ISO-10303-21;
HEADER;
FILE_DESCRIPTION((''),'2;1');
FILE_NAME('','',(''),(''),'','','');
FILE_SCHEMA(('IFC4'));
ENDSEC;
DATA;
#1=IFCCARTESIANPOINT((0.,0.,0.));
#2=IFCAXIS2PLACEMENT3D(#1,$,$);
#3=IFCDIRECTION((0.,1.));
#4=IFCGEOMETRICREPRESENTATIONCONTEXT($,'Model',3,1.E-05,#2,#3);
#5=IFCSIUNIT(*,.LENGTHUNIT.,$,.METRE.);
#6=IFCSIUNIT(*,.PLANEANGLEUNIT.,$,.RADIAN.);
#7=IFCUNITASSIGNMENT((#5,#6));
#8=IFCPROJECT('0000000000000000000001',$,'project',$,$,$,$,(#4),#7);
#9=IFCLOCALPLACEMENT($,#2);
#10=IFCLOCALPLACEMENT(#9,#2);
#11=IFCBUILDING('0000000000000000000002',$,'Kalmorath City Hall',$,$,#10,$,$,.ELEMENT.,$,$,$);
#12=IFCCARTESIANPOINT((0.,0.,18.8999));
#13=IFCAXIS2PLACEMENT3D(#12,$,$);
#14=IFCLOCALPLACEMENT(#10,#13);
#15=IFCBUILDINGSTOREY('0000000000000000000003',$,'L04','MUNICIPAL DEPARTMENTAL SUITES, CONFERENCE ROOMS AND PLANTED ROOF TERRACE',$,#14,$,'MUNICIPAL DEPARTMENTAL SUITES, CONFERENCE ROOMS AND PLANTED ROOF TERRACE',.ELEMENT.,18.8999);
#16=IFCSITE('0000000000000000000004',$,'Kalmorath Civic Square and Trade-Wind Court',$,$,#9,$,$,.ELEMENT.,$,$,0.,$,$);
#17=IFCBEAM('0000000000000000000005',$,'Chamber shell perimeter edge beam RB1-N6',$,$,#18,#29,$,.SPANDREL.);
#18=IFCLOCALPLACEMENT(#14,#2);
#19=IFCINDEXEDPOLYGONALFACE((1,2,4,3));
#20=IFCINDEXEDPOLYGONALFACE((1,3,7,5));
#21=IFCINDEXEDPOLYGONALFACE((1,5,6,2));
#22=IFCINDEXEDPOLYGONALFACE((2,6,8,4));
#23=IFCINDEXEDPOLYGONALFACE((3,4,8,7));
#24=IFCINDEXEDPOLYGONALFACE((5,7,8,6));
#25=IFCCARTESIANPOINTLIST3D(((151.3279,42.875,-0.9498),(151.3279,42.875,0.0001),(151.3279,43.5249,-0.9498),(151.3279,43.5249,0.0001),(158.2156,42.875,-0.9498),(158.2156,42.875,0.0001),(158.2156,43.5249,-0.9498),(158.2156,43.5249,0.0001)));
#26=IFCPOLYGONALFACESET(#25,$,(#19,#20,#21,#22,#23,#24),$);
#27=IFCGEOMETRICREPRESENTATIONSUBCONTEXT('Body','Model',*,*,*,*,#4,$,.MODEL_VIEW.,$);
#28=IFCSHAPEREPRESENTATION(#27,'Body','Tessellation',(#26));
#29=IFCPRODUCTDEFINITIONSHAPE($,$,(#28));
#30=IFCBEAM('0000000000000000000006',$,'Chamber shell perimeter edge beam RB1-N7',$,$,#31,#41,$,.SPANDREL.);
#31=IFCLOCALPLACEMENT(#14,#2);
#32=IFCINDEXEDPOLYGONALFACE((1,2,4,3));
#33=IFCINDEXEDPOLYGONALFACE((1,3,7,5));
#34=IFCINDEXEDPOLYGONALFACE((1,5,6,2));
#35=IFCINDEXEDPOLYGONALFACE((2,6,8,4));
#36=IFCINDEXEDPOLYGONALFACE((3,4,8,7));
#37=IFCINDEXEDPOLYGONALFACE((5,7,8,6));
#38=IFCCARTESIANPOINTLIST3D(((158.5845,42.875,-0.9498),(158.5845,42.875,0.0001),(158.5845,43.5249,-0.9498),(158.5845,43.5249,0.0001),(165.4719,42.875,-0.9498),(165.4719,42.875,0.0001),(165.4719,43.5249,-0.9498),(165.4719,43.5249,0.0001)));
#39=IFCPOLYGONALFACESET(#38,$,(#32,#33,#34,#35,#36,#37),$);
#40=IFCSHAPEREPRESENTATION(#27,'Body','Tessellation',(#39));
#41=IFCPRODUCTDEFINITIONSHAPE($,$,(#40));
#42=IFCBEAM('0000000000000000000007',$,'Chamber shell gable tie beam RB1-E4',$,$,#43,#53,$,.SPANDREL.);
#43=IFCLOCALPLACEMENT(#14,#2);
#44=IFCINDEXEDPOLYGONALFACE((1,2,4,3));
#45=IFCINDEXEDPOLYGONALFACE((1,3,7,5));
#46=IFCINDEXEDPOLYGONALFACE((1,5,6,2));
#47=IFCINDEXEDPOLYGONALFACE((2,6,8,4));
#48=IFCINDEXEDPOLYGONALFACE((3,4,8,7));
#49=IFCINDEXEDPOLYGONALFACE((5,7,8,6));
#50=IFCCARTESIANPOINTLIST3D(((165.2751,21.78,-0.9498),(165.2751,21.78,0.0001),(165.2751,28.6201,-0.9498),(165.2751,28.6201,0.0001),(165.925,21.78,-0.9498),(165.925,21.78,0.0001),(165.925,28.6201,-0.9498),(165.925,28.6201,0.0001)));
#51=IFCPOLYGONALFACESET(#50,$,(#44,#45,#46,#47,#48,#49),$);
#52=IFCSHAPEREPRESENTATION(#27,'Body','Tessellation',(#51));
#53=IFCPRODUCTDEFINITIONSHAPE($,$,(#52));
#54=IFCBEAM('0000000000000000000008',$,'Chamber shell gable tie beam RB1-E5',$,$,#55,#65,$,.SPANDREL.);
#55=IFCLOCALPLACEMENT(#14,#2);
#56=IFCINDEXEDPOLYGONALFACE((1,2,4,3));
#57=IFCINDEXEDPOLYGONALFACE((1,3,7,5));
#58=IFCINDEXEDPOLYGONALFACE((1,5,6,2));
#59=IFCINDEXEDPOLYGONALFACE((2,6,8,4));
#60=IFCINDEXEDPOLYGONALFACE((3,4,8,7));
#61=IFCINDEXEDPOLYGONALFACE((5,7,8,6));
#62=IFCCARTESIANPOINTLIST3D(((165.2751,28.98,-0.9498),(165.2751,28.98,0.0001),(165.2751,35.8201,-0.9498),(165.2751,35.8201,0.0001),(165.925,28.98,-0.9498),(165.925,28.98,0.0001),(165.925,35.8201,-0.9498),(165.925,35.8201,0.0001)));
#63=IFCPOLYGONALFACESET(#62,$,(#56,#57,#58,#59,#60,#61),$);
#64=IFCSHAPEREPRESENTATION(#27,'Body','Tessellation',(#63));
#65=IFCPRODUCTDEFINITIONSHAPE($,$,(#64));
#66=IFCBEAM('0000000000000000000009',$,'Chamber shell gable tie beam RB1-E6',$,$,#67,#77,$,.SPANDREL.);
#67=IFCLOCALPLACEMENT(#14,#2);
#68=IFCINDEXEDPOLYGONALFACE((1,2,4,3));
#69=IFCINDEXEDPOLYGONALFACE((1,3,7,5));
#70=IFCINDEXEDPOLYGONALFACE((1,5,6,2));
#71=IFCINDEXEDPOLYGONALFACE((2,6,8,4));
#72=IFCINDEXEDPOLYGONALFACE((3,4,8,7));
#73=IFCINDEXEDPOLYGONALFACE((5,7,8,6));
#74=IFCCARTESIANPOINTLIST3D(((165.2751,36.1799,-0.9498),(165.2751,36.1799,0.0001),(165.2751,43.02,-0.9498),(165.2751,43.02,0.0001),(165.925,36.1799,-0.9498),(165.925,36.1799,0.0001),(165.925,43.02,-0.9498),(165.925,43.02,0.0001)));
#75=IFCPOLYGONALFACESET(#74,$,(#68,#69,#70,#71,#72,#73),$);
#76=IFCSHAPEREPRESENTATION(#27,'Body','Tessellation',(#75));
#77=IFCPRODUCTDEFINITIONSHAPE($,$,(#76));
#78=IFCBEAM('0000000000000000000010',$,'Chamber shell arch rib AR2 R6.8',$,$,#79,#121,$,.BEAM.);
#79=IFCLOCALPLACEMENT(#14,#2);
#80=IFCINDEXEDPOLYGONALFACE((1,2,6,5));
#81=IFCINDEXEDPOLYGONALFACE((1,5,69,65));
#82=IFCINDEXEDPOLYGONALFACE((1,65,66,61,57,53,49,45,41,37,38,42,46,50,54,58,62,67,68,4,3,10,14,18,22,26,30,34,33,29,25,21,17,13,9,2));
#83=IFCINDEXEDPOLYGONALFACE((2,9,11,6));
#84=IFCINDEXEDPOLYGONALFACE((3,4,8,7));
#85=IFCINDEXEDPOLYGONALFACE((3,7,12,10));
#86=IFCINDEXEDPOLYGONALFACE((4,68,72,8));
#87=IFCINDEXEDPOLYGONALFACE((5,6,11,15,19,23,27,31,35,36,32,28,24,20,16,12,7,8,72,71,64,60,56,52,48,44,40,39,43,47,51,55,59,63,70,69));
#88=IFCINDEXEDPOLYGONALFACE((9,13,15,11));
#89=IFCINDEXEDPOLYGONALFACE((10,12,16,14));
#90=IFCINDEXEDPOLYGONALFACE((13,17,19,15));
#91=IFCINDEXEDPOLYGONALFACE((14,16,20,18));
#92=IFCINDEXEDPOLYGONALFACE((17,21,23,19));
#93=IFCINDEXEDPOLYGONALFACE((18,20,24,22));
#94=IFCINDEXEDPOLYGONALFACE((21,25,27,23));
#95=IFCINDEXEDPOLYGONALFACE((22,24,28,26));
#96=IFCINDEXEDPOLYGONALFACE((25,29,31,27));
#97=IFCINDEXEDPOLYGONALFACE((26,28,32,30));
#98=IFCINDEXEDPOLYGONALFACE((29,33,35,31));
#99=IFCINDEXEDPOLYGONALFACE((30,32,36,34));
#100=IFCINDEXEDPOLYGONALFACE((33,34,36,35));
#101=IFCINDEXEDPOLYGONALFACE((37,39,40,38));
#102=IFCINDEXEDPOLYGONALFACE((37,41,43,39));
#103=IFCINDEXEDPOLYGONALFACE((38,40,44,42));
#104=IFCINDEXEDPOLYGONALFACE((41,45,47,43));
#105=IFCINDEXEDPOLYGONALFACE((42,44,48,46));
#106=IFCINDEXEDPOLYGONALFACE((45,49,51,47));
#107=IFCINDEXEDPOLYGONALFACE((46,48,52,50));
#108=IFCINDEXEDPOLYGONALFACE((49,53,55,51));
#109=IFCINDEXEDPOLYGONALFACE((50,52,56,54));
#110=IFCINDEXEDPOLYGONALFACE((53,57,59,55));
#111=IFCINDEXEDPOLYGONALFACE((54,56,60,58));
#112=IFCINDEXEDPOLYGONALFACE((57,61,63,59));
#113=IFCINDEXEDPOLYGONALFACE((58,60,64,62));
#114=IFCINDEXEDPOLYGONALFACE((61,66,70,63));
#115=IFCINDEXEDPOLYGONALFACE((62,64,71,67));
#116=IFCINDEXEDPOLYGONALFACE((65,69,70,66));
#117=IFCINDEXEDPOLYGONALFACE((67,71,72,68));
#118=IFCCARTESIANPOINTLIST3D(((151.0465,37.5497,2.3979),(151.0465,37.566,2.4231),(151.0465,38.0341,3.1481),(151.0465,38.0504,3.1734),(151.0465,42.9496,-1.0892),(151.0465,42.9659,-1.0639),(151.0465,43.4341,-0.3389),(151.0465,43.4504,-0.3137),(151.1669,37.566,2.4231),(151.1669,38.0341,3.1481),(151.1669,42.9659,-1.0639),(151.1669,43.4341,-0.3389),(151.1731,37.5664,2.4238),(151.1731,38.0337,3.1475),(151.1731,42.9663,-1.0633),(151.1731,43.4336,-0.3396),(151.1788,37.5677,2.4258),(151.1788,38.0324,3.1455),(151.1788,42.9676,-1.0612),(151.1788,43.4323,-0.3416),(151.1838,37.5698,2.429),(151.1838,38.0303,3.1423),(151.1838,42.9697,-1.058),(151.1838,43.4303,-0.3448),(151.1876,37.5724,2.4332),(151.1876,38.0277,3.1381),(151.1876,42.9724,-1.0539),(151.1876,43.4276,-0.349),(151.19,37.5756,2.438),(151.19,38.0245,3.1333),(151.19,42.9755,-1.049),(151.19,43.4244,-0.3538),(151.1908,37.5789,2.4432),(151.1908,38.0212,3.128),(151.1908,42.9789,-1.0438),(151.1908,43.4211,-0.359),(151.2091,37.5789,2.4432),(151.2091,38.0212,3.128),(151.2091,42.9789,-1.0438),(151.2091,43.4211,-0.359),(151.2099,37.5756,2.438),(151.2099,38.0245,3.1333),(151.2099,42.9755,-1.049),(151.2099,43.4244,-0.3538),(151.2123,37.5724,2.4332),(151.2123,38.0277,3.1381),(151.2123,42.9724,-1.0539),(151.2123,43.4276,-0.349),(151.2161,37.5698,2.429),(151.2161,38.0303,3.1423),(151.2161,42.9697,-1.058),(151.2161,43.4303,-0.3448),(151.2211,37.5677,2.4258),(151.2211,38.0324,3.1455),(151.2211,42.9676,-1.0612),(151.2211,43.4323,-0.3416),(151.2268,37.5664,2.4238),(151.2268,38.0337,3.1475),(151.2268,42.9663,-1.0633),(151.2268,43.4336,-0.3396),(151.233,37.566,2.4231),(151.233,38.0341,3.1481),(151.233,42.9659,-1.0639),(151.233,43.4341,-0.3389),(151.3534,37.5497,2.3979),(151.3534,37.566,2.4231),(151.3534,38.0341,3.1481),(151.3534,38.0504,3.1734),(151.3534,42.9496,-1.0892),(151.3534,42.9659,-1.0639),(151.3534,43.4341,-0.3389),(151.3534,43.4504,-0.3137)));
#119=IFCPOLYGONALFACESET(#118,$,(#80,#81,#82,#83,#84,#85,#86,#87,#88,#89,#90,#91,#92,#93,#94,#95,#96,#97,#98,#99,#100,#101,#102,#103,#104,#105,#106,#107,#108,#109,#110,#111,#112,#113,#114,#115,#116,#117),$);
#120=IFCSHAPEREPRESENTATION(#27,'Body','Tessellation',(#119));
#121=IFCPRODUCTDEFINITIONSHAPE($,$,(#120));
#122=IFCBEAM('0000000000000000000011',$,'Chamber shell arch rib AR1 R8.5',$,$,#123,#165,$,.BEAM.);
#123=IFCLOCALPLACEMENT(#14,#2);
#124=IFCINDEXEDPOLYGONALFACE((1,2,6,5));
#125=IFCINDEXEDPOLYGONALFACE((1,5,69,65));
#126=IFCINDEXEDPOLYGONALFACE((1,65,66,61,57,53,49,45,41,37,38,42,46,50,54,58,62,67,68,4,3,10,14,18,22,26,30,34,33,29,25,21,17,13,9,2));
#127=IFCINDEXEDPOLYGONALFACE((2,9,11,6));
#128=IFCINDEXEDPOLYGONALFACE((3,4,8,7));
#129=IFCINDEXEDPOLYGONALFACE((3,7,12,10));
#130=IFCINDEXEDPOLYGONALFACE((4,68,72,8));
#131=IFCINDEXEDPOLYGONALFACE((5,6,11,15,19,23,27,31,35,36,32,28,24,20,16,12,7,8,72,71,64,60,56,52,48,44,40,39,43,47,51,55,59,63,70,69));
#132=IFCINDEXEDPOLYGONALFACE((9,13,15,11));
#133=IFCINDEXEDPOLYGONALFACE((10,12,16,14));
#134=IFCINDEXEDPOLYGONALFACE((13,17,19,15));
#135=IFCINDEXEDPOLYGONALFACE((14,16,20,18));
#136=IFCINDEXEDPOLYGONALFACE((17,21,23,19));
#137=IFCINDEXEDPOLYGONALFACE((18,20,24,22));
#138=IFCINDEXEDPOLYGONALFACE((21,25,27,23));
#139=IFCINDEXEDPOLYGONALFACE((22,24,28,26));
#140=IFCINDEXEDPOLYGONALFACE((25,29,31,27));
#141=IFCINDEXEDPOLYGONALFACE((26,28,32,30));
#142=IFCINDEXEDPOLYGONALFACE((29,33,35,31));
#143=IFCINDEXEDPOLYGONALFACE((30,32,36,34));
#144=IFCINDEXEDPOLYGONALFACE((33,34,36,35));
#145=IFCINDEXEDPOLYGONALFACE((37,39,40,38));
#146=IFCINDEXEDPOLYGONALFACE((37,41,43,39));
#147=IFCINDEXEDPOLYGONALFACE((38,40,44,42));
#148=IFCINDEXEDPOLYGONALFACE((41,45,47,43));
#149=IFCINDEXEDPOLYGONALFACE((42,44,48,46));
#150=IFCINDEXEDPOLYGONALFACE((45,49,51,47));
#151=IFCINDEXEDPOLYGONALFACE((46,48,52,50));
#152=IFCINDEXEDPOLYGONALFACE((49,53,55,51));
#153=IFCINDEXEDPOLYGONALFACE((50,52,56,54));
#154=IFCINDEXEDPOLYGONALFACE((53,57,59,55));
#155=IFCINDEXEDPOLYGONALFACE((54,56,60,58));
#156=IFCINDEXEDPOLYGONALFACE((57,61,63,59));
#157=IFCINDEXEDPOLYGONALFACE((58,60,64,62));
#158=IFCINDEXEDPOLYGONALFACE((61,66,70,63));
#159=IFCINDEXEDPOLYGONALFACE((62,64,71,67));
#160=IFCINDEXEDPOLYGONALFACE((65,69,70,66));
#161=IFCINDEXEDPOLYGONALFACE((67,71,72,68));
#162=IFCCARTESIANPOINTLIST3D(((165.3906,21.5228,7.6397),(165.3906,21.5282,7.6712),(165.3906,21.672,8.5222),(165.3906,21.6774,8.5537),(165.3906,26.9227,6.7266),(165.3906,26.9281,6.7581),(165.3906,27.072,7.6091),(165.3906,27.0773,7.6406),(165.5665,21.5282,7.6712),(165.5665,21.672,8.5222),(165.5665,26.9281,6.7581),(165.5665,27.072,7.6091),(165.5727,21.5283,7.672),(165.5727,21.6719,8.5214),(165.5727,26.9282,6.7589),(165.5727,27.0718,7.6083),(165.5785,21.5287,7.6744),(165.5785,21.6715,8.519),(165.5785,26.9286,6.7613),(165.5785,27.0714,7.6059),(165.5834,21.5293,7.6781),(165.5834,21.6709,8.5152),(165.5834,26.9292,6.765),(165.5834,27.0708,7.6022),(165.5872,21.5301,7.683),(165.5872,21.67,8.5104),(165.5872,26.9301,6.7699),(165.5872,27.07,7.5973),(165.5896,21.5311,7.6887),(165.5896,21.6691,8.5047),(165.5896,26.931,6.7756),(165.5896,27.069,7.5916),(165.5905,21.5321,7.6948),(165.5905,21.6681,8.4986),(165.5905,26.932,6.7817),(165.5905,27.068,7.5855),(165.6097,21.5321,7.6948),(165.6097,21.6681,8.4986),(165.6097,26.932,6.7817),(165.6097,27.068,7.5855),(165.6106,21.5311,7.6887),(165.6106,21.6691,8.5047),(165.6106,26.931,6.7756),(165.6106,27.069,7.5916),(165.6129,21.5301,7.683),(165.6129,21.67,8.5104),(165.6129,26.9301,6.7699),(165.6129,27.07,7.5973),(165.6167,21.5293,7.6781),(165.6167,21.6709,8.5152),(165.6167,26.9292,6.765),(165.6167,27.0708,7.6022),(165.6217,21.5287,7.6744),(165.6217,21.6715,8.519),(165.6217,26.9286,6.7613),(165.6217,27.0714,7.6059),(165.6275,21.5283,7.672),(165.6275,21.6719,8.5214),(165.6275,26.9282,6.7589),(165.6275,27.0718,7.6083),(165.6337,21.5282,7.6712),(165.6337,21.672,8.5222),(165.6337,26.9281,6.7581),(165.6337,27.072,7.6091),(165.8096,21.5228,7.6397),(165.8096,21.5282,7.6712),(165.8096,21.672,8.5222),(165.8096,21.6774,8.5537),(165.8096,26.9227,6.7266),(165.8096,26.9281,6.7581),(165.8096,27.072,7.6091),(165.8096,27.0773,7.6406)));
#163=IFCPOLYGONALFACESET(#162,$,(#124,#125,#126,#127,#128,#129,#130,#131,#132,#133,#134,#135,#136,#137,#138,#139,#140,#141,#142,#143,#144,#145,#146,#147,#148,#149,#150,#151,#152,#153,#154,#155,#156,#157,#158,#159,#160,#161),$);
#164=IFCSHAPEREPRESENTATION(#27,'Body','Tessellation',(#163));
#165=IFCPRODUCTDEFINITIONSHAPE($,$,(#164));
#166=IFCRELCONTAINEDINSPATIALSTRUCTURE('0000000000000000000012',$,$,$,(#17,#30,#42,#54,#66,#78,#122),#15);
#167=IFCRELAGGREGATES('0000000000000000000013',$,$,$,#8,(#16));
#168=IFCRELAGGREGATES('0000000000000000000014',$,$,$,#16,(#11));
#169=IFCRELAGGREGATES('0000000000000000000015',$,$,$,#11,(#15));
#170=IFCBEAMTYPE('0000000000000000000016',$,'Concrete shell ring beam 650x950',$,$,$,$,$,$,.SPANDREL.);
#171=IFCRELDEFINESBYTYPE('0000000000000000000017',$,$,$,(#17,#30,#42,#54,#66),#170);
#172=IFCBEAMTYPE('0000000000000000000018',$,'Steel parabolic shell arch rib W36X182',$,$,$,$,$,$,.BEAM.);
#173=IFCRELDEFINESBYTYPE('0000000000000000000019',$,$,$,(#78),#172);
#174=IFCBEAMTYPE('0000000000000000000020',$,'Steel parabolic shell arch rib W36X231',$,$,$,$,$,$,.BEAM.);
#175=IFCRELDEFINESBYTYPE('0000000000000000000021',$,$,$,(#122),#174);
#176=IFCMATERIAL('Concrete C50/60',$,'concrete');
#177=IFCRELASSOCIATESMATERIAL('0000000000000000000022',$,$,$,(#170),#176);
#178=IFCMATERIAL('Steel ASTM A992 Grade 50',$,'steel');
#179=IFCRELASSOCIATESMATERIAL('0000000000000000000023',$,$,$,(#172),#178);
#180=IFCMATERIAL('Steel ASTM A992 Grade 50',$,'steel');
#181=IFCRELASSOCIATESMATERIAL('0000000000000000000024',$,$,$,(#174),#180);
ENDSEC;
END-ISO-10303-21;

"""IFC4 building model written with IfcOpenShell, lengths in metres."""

from ifc_helpers import new_model, si_unit, direction, frame, origin, origin_2d, place, context, subcontext, project, spatial, rectangle, i_section, extrude, material, material_profile, profile_set, type_object, element, save


model = new_model("IFC4")

# Units and contexts
model_context = context("Model", 3, precision=1e-05, world=origin(), true_north=direction((0.0, 1.0)))
body_context = subcontext(model_context, "Body", "Model", "MODEL_VIEW")
ifc_project = project(units=[si_unit("LENGTHUNIT", "METRE"), si_unit("PLANEANGLEUNIT", "RADIAN")], contexts=[model_context])

# Site, building, storey
site_placement = place(None, origin())
site = spatial("IfcSite", under=ifc_project, at=site_placement, Name="Kalmorath Civic Square and Trade-Wind Court", CompositionType="ELEMENT", RefElevation=0.0)
building_placement = place(site_placement, origin())
building = spatial("IfcBuilding", under=site, at=building_placement, Name="Kalmorath City Hall", CompositionType="ELEMENT")
storey_placement = place(building_placement, frame((0.0, 0.0, 18.8999)))
storey = spatial("IfcBuildingStorey", under=building, at=storey_placement, Name="L04", Description="MUNICIPAL DEPARTMENTAL SUITES, CONFERENCE ROOMS AND PLANTED ROOF TERRACE", LongName="MUNICIPAL DEPARTMENTAL SUITES, CONFERENCE ROOMS AND PLANTED ROOF TERRACE", CompositionType="ELEMENT", Elevation=18.8999)

# Beams
ifc_material_1 = material(Name="Concrete C50/60", Category="concrete")
ifc_material_profile_1 = material_profile(ifc_material_1, rectangle(XDim=0.6499, YDim=0.95, at=origin_2d()), Name="RC-RING-650X950")
ifc_profile_set_1 = profile_set([ifc_material_profile_1], Name="Concrete C50/60")
beam_type_1 = type_object("IfcBeamType", Name="Concrete shell ring beam 650x950", PredefinedType="SPANDREL", material=ifc_profile_set_1)
beam_1_placement = place(storey_placement, frame((151.3279, 43.2, -0.4749), z_axis=(1.0, 0.0, 0.0), x_axis=(0.0, 1.0, 0.0)))
element("IfcBeam", 1, at=beam_1_placement, inside=storey, type_object=beam_type_1, Name="Chamber shell perimeter edge beam RB1-N6", PredefinedType="SPANDREL", context=body_context, shape_type="SweptSolid", body=[
    extrude(rectangle(XDim=0.6499, YDim=0.95, at=origin_2d()), origin(), (0.0, 0.0, 1.0), 6.8877),
])
beam_2_placement = place(storey_placement, frame((158.5845, 43.2, -0.4749), z_axis=(1.0, 0.0, 0.0), x_axis=(0.0, 1.0, 0.0)))
element("IfcBeam", 2, at=beam_2_placement, inside=storey, type_object=beam_type_1, Name="Chamber shell perimeter edge beam RB1-N7", PredefinedType="SPANDREL", context=body_context, shape_type="SweptSolid", body=[
    extrude(rectangle(XDim=0.6499, YDim=0.95, at=origin_2d()), origin(), (0.0, 0.0, 1.0), 6.8875),
])
for number, where, z_axis, x_axis, name in (
    (3, (165.6001, 21.78, -0.4749), (0.0, 1.0, 0.0), (-1.0, 0.0, 0.0), "Chamber shell gable tie beam RB1-E4"),
    (4, (165.6001, 28.98, -0.4749), (0.0, 1.0, 0.0), (-1.0, 0.0, 0.0), "Chamber shell gable tie beam RB1-E5"),
    (5, (165.6001, 36.1799, -0.4749), (0.0, 1.0, 0.0), (-1.0, 0.0, 0.0), "Chamber shell gable tie beam RB1-E6"),
):
    element("IfcBeam", number, at=place(storey_placement, frame(where, z_axis=z_axis, x_axis=x_axis)), inside=storey, type_object=beam_type_1, Name=name, PredefinedType="SPANDREL", context=body_context, shape_type="SweptSolid", body=[
        extrude(rectangle(XDim=0.6499, YDim=0.95, at=origin_2d()), origin(), (0.0, 0.0, 1.0), 6.8401),
    ])
ifc_material_2 = material(Name="Steel ASTM A992 Grade 50", Category="steel")
ifc_material_profile_2 = material_profile(ifc_material_2, i_section(OverallWidth=0.3069, OverallDepth=0.9231, WebThickness=0.0183, FlangeThickness=0.03, FilletRadius=0.0239, at=origin_2d()), Name="W36X182")
ifc_profile_set_2 = profile_set([ifc_material_profile_2], Name="Steel ASTM A992 Grade 50")
beam_type_2 = type_object("IfcBeamType", Name="Steel parabolic shell arch rib W36X182", PredefinedType="BEAM", material=ifc_profile_set_2)
beam_3_placement = place(storey_placement, frame((151.2, 37.8, 2.7856), z_axis=(0.0, 0.840066, -0.542484), x_axis=(-1.0, 0.0, 0.0)))
element("IfcBeam", 6, at=beam_3_placement, inside=storey, type_object=beam_type_2, Name="Chamber shell arch rib AR2 R6.8", PredefinedType="BEAM", context=body_context, shape_type="SweptSolid", body=[
    extrude(i_section(OverallWidth=0.3069, OverallDepth=0.9231, WebThickness=0.0183, FlangeThickness=0.03, FilletRadius=0.0239, at=origin_2d()), origin(), (0.0, 0.0, 1.0), 6.428),
])
ifc_material_3 = material(Name="Steel ASTM A992 Grade 50", Category="steel")
ifc_material_profile_3 = material_profile(ifc_material_3, i_section(OverallWidth=0.4189, OverallDepth=0.927, WebThickness=0.0193, FlangeThickness=0.032, FilletRadius=0.0239, at=origin_2d()), Name="W36X231")
ifc_profile_set_3 = profile_set([ifc_material_profile_3], Name="Steel ASTM A992 Grade 50")
beam_type_3 = type_object("IfcBeamType", Name="Steel parabolic shell arch rib W36X231", PredefinedType="BEAM", material=ifc_profile_set_3)
beam_4_placement = place(storey_placement, frame((165.6001, 21.6001, 8.0967), z_axis=(0.0, 0.986003, -0.166726), x_axis=(-1.0, 0.0, 0.0)))
element("IfcBeam", 7, at=beam_4_placement, inside=storey, type_object=beam_type_3, Name="Chamber shell arch rib AR1 R8.5", PredefinedType="BEAM", context=body_context, shape_type="SweptSolid", body=[
    extrude(i_section(OverallWidth=0.4189, OverallDepth=0.927, WebThickness=0.0193, FlangeThickness=0.032, FilletRadius=0.0239, at=origin_2d()), origin(), (0.0, 0.0, 1.0), 5.4766),
])

save(model, "model.ifc")
